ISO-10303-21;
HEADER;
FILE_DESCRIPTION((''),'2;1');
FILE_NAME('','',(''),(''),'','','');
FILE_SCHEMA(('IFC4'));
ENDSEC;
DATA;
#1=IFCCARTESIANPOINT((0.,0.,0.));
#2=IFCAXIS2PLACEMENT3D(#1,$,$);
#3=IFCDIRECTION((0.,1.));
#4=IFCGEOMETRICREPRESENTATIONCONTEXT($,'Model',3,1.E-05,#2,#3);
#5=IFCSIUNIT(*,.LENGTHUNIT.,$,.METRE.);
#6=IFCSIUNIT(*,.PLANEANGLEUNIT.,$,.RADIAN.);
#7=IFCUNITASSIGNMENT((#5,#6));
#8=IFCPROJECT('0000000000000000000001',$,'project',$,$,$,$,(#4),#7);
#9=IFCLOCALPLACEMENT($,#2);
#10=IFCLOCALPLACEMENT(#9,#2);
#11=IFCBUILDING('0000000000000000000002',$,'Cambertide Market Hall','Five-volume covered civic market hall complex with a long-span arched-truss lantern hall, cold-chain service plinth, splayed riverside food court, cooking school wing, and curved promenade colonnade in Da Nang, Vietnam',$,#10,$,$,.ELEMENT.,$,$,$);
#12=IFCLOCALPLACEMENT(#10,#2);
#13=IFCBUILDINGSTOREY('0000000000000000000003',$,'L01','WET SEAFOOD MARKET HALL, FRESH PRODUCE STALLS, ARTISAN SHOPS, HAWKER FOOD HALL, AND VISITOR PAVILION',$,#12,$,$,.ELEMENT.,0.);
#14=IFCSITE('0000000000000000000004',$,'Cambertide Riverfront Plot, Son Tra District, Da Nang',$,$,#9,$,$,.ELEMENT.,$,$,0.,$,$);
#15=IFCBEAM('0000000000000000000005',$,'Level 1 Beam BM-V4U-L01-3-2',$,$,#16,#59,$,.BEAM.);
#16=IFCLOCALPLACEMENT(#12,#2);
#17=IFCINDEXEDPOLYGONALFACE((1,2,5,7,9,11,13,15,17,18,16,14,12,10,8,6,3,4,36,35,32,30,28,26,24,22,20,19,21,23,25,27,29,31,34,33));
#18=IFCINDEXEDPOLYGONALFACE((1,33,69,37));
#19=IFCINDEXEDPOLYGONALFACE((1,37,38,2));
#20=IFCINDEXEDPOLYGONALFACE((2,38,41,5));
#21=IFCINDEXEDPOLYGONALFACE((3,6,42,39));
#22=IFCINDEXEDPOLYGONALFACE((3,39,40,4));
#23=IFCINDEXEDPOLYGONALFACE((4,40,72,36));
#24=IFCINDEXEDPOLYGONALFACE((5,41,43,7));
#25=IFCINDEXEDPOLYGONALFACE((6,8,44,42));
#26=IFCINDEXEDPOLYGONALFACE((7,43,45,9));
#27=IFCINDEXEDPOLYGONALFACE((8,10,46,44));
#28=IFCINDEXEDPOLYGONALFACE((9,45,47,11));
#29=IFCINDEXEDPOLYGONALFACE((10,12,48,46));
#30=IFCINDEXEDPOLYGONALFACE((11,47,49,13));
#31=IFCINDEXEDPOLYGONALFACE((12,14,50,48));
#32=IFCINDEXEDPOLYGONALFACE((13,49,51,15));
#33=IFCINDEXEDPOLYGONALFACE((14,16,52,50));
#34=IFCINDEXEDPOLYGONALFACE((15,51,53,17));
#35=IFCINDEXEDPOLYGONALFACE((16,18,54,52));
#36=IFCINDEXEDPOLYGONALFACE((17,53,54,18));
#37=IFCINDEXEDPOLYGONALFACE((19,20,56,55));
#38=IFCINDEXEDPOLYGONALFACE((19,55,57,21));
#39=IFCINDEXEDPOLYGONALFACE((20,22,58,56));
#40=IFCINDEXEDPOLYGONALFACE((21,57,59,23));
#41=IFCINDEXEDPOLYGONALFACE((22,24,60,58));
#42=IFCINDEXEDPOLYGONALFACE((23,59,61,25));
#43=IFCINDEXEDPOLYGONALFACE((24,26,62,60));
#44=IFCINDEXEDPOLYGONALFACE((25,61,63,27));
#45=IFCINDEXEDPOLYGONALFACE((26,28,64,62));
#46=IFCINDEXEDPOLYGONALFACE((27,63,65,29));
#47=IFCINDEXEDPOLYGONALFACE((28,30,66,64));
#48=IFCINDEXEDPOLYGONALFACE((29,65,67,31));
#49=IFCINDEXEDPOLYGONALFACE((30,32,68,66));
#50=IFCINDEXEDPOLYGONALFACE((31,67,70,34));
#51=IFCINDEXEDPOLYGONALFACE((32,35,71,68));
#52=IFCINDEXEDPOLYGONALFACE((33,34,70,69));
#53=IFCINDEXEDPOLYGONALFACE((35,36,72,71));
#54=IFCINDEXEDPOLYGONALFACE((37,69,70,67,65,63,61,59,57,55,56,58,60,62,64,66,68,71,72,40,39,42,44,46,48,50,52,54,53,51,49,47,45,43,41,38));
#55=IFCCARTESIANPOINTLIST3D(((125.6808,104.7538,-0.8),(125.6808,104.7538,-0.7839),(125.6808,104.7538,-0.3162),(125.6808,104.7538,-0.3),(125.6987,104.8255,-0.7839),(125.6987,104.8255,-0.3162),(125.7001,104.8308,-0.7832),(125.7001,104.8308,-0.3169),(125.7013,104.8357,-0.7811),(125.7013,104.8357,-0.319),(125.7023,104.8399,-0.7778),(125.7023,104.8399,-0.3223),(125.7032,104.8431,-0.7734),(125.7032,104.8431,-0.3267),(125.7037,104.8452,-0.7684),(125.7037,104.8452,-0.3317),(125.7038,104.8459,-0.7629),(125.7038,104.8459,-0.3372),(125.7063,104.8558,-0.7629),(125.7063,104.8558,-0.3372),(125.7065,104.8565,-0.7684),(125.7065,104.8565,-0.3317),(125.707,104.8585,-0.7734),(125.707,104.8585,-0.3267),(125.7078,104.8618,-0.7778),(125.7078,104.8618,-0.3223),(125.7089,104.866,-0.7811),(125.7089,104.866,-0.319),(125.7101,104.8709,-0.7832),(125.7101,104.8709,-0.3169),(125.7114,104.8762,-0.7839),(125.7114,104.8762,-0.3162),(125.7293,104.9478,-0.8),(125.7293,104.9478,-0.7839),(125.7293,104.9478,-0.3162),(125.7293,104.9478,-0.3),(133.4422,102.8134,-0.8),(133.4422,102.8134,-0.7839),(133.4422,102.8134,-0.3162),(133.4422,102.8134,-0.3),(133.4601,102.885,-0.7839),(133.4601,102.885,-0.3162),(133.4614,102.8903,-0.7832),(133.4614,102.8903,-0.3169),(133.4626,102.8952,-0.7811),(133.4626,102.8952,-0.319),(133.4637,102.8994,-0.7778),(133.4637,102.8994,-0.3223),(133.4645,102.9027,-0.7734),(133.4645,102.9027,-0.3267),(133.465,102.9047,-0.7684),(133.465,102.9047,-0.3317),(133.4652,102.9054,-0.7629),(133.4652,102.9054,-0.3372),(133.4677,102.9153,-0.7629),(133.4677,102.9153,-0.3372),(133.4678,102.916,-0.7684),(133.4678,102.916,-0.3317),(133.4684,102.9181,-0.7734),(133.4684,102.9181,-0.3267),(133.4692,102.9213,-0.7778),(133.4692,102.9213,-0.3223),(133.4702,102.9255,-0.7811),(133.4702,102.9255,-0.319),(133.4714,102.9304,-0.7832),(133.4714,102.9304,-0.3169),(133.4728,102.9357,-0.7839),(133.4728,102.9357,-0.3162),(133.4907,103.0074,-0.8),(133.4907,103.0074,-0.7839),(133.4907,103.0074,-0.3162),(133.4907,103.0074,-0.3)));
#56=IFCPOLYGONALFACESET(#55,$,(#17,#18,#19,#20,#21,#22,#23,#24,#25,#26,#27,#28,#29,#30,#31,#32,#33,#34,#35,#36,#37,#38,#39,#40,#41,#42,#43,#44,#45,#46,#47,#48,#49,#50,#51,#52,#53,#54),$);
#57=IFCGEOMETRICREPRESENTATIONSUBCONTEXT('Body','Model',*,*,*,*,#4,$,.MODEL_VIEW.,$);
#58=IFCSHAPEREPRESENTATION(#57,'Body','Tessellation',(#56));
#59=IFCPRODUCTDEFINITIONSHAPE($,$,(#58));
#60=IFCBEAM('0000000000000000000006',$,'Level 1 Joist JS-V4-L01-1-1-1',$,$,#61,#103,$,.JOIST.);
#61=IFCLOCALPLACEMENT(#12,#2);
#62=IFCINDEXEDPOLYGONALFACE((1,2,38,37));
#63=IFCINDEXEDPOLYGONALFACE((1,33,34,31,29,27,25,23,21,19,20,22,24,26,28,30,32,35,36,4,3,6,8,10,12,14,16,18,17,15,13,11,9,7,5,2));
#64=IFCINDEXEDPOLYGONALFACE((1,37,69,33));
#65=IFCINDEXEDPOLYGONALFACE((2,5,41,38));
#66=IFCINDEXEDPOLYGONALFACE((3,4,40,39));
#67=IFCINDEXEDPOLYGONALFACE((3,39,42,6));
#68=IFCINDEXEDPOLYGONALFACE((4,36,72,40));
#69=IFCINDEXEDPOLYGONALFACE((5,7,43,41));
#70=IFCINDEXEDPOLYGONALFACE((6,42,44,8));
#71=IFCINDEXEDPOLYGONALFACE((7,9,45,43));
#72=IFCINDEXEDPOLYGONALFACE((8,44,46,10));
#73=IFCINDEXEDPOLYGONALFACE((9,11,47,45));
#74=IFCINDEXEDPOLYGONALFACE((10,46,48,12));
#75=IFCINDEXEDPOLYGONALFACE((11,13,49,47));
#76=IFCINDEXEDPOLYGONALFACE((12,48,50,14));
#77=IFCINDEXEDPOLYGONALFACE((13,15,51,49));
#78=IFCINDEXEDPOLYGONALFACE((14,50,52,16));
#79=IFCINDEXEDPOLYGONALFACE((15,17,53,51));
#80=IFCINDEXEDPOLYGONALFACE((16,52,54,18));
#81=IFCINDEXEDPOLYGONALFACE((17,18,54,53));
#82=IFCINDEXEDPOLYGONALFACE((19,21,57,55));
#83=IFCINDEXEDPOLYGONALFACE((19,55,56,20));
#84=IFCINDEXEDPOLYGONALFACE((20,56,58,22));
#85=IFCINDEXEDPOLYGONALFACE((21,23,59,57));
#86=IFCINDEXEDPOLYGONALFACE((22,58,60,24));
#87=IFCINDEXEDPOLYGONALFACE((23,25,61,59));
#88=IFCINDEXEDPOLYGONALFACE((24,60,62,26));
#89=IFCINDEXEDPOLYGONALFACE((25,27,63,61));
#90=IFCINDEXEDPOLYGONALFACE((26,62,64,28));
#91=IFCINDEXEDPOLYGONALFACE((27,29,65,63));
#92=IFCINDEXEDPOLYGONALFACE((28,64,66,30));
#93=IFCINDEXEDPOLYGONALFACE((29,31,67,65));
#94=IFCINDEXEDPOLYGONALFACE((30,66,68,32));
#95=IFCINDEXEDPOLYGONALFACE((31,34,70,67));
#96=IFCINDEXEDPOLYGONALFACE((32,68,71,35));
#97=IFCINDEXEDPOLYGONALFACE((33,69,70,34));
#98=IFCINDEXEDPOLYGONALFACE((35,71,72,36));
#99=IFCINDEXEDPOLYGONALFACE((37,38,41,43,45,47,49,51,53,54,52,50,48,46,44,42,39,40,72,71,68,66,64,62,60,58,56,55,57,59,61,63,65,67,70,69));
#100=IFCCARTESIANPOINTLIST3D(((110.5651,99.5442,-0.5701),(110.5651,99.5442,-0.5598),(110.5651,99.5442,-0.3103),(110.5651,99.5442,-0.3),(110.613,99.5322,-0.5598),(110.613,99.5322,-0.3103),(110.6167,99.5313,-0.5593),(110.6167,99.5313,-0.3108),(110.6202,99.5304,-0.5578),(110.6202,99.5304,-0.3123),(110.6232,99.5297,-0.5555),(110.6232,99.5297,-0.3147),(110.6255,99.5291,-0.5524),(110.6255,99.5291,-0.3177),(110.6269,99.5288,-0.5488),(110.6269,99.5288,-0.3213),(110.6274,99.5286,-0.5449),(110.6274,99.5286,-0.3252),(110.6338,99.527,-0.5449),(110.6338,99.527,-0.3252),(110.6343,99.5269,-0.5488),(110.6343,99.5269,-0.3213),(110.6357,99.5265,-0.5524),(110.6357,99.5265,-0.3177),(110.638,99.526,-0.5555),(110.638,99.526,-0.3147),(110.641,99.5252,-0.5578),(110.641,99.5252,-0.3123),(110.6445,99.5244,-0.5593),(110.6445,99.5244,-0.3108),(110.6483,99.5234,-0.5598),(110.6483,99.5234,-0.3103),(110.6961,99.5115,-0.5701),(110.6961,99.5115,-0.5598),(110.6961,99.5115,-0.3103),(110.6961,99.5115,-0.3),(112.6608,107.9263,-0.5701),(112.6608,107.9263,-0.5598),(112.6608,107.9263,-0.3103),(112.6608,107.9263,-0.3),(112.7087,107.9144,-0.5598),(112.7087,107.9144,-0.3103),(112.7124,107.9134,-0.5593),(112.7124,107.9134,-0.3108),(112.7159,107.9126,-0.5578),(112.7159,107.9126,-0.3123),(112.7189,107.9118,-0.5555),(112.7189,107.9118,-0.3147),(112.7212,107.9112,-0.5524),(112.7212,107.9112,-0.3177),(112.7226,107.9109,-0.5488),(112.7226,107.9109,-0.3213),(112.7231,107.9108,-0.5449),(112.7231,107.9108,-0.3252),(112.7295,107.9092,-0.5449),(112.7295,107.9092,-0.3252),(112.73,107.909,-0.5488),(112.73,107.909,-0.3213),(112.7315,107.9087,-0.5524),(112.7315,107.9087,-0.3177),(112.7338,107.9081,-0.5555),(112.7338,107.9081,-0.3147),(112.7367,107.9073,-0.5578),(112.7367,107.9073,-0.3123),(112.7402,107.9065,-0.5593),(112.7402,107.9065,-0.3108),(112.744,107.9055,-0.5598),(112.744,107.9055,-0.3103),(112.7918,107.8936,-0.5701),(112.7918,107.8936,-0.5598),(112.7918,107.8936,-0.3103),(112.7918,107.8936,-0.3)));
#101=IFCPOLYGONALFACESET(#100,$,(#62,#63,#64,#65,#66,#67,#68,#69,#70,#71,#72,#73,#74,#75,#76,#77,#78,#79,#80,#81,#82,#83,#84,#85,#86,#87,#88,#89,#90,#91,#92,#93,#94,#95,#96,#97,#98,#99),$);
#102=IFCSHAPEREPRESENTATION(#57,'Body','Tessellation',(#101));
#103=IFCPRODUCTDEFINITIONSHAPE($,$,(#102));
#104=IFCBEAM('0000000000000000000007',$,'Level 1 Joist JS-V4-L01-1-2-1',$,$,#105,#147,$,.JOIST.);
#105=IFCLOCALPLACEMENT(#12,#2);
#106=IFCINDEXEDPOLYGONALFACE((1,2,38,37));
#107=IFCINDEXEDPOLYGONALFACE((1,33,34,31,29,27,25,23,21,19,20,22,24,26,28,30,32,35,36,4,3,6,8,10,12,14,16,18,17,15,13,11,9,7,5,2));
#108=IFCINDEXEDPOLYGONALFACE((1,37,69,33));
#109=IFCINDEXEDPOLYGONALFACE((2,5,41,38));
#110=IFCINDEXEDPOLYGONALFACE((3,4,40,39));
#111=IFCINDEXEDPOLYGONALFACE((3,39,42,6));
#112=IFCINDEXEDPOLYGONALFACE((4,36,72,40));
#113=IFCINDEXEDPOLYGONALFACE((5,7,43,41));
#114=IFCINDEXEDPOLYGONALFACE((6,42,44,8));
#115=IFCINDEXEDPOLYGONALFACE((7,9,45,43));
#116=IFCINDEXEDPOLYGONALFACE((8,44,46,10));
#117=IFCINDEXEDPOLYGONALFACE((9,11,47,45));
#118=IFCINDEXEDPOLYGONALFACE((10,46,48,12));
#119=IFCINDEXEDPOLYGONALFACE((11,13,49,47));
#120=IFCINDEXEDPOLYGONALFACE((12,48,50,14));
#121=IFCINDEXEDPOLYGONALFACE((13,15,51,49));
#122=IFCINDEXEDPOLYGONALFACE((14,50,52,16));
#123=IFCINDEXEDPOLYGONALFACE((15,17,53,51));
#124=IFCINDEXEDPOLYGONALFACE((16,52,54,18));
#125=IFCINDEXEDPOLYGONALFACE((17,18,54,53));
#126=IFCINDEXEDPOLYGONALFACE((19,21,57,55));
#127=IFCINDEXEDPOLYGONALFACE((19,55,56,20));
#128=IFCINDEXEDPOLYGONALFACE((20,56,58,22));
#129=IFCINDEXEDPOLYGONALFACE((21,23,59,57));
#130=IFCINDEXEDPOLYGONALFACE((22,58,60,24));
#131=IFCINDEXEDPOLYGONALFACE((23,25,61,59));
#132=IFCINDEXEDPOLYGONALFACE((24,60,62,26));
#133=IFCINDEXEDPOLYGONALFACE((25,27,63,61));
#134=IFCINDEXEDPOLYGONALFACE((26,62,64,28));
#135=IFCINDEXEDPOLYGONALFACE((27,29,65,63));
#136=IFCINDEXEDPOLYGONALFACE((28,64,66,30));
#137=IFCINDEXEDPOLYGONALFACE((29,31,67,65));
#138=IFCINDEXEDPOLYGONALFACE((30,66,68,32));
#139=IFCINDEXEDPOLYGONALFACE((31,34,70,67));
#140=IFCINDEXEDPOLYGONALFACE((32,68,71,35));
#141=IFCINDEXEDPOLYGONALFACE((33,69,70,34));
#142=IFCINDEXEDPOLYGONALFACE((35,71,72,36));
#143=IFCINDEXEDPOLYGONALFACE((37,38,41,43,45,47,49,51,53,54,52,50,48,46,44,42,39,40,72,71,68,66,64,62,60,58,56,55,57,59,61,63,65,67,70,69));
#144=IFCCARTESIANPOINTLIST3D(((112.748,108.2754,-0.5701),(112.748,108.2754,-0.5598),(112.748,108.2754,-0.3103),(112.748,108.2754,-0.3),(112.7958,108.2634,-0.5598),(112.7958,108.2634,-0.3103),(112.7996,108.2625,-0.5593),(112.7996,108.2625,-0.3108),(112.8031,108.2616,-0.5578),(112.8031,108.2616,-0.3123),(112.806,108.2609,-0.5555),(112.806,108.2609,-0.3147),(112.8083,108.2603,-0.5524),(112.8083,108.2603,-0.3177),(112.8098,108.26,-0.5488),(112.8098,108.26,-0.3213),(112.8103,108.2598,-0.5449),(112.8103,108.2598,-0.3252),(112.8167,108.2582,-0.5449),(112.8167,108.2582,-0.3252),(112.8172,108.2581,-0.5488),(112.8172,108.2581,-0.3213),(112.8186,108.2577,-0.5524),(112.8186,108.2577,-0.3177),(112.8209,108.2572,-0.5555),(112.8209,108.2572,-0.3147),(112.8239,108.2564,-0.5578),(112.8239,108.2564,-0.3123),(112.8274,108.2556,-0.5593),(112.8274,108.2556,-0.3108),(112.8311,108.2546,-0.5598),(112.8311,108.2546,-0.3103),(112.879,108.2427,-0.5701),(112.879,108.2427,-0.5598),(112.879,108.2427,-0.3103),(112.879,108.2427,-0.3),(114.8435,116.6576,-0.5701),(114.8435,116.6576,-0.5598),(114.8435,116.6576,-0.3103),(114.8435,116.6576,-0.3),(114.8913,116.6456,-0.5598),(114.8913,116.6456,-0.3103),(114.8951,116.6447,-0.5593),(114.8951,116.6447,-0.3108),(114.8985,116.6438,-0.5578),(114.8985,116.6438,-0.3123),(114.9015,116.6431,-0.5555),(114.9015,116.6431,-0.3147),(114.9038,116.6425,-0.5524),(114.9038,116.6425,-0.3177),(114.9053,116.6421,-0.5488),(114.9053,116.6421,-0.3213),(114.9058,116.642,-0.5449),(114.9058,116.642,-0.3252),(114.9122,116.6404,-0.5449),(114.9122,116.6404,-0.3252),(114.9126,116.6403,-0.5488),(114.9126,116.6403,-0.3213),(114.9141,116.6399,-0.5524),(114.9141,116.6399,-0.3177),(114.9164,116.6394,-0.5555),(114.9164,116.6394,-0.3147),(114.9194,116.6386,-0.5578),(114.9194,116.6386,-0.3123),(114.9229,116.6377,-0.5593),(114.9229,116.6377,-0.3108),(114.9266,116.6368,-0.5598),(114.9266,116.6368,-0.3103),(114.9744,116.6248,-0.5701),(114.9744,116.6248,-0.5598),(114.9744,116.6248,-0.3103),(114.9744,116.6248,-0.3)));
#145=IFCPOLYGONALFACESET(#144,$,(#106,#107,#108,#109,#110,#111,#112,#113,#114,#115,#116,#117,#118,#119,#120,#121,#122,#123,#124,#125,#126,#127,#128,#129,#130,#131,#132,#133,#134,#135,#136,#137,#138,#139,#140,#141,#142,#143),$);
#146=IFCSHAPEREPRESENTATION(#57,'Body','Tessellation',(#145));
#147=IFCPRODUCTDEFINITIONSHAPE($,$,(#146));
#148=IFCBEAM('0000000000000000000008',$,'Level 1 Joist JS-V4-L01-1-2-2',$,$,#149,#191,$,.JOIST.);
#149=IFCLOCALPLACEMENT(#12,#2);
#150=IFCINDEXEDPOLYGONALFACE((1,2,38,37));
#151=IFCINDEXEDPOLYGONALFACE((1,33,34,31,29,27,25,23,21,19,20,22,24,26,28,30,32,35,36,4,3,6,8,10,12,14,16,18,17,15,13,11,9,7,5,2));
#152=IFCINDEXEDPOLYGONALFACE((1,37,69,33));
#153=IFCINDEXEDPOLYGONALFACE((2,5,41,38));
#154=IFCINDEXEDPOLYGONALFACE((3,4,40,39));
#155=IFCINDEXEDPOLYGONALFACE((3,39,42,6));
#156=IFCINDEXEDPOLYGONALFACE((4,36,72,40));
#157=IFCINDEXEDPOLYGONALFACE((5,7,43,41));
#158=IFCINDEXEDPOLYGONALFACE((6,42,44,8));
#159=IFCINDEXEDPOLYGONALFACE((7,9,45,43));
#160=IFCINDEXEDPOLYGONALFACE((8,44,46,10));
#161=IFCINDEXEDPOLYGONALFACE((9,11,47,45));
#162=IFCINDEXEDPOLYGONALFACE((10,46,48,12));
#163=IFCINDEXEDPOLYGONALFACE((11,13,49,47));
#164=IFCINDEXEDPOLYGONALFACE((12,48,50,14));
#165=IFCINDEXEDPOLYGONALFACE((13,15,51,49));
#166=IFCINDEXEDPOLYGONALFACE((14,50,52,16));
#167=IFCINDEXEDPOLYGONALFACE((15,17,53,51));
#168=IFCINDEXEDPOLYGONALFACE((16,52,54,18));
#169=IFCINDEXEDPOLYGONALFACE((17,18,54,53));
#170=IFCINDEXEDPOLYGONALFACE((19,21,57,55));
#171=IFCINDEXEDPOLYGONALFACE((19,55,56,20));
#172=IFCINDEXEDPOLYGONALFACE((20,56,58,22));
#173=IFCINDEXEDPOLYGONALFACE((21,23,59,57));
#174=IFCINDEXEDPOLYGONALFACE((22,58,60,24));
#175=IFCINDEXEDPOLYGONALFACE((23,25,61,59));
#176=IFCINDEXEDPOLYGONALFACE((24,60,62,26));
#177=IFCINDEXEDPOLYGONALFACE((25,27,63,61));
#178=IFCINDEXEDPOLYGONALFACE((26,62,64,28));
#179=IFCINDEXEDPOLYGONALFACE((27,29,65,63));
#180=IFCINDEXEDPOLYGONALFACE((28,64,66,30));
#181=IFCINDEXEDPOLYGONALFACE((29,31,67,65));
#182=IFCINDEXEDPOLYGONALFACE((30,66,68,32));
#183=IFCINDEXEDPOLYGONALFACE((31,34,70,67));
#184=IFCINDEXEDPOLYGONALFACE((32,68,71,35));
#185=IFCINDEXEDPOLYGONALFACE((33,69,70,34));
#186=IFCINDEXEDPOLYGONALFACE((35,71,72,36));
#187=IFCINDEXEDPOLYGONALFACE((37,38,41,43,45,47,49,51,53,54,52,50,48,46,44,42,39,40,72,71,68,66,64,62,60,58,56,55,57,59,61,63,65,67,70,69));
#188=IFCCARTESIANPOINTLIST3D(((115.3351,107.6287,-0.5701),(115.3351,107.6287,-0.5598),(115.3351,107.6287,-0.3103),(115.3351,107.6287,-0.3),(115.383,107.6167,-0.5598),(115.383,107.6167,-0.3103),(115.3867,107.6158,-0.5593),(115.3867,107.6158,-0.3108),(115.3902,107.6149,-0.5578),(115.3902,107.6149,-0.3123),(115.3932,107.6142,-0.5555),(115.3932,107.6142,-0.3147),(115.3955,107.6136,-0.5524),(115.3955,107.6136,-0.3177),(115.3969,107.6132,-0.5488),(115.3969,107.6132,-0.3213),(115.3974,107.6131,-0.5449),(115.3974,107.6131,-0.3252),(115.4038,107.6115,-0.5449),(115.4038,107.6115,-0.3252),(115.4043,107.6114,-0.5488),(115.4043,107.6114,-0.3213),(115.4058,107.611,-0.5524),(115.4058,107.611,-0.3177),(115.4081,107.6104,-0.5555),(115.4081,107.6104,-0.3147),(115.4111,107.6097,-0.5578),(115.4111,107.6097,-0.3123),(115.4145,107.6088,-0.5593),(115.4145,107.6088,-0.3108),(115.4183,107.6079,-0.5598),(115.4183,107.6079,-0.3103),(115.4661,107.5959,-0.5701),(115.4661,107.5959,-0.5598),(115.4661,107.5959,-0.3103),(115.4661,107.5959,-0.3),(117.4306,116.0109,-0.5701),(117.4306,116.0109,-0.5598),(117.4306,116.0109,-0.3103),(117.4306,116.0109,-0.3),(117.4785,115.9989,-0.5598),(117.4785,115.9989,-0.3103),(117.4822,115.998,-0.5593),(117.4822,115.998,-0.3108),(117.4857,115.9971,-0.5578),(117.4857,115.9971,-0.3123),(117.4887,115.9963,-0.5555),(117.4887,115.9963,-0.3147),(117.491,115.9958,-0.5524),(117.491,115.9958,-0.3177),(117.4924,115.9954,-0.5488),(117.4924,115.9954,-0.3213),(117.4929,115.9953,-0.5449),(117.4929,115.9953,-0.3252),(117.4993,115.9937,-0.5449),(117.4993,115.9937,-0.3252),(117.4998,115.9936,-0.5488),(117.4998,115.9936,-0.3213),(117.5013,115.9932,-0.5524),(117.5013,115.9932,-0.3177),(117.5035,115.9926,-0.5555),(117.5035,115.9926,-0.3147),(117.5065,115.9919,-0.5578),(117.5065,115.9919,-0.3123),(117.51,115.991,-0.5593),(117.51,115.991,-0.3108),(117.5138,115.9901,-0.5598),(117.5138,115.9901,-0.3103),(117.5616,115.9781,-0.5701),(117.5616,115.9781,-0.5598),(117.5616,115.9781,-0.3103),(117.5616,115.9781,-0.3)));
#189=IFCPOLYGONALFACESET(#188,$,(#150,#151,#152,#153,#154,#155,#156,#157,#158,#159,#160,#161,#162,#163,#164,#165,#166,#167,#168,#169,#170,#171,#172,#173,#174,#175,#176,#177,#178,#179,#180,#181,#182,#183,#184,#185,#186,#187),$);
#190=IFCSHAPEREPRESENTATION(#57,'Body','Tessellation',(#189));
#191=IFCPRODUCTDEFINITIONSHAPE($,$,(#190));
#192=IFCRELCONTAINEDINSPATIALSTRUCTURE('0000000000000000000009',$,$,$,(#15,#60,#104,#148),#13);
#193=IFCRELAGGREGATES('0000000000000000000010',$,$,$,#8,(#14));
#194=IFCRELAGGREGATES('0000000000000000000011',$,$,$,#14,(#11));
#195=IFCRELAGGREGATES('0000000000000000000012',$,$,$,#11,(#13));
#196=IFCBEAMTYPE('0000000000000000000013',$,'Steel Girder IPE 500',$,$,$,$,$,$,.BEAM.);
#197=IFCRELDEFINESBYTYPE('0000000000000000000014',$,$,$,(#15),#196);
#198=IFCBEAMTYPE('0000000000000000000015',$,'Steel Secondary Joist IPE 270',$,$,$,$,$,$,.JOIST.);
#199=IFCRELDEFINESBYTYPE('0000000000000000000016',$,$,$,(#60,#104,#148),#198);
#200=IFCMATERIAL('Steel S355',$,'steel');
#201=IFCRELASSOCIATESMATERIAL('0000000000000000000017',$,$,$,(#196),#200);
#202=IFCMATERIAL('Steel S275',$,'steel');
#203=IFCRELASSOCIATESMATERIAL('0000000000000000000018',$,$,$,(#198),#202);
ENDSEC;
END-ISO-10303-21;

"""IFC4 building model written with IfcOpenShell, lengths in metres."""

from ifc_helpers import new_model, si_unit, direction, frame, origin, origin_2d, place, context, subcontext, project, spatial, i_section, extrude, material, material_profile, profile_set, type_object, element, save


model = new_model("IFC4")

# Units and contexts
model_context = context("Model", 3, precision=1e-05, world=origin(), true_north=direction((0.0, 1.0)))
body_context = subcontext(model_context, "Body", "Model", "MODEL_VIEW")
ifc_project = project(units=[si_unit("LENGTHUNIT", "METRE"), si_unit("PLANEANGLEUNIT", "RADIAN")], contexts=[model_context])

# Site, building, storey
site_placement = place(None, origin())
site = spatial("IfcSite", under=ifc_project, at=site_placement, Name="Cambertide Riverfront Plot, Son Tra District, Da Nang", CompositionType="ELEMENT", RefElevation=0.0)
building_placement = place(site_placement, origin())
building = spatial("IfcBuilding", under=site, at=building_placement, Name="Cambertide Market Hall", Description="Five-volume covered civic market hall complex with a long-span arched-truss lantern hall, cold-chain service plinth, splayed riverside food court, cooking school wing, and curved promenade colonnade in Da Nang, Vietnam", CompositionType="ELEMENT")
storey_placement = place(building_placement, origin())
storey = spatial("IfcBuildingStorey", under=building, at=storey_placement, Name="L01", Description="WET SEAFOOD MARKET HALL, FRESH PRODUCE STALLS, ARTISAN SHOPS, HAWKER FOOD HALL, AND VISITOR PAVILION", CompositionType="ELEMENT", Elevation=0.0)

# Beams
ifc_material_1 = material(Name="Steel S355", Category="steel")
ifc_material_profile_1 = material_profile(ifc_material_1, i_section(OverallWidth=0.2, OverallDepth=0.5, WebThickness=0.0103, FlangeThickness=0.0161, FilletRadius=0.021, at=origin_2d()), Name="IPE 500")
ifc_profile_set_1 = profile_set([ifc_material_profile_1], Name="Steel S355")
beam_type_1 = type_object("IfcBeamType", Name="Steel Girder IPE 500", PredefinedType="BEAM", material=ifc_profile_set_1)
beam_1_placement = place(storey_placement, frame((125.7051, 104.8508, -0.55), z_axis=(0.970139, -0.24255, 0.0), x_axis=(0.24255, 0.970139, 0.0)))
element("IfcBeam", 1, at=beam_1_placement, inside=storey, type_object=beam_type_1, Name="Level 1 Beam BM-V4U-L01-3-2", PredefinedType="BEAM", context=body_context, shape_type="SweptSolid", body=[
    extrude(i_section(OverallWidth=0.2, OverallDepth=0.5, WebThickness=0.0103, FlangeThickness=0.0161, FilletRadius=0.021, at=origin_2d()), origin(), (0.0, 0.0, 1.0), 8.0002),
])
ifc_material_2 = material(Name="Steel S275", Category="steel")
ifc_material_profile_2 = material_profile(ifc_material_2, i_section(OverallWidth=0.135, OverallDepth=0.27, WebThickness=0.0066, FlangeThickness=0.0103, FilletRadius=0.0149, at=origin_2d()), Name="IPE 270")
ifc_profile_set_2 = profile_set([ifc_material_profile_2], Name="Steel S275")
beam_type_2 = type_object("IfcBeamType", Name="Steel Secondary Joist IPE 270", PredefinedType="JOIST", material=ifc_profile_set_2)
for number, where, z_axis, x_axis, name in (
    (2, (110.6306, 99.5278, -0.4351), (0.242556, 0.970138, 0.0), (-0.970138, 0.242556, 0.0), "Level 1 Joist JS-V4-L01-1-1-1"),
    (3, (112.8135, 108.259, -0.4351), (0.242529, 0.970144, 0.0), (-0.970144, 0.242529, 0.0), "Level 1 Joist JS-V4-L01-1-2-1"),
    (4, (115.4006, 107.6123, -0.4351), (0.242529, 0.970144, 0.0), (-0.970144, 0.242529, 0.0), "Level 1 Joist JS-V4-L01-1-2-2"),
):
    element("IfcBeam", number, at=place(storey_placement, frame(where, z_axis=z_axis, x_axis=x_axis)), inside=storey, type_object=beam_type_2, Name=name, PredefinedType="JOIST", context=body_context, shape_type="SweptSolid", body=[
        extrude(i_section(OverallWidth=0.135, OverallDepth=0.27, WebThickness=0.0066, FlangeThickness=0.0103, FilletRadius=0.0149, at=origin_2d()), origin(), (0.0, 0.0, 1.0), 8.6401),
    ])

save(model, "model.ifc")
